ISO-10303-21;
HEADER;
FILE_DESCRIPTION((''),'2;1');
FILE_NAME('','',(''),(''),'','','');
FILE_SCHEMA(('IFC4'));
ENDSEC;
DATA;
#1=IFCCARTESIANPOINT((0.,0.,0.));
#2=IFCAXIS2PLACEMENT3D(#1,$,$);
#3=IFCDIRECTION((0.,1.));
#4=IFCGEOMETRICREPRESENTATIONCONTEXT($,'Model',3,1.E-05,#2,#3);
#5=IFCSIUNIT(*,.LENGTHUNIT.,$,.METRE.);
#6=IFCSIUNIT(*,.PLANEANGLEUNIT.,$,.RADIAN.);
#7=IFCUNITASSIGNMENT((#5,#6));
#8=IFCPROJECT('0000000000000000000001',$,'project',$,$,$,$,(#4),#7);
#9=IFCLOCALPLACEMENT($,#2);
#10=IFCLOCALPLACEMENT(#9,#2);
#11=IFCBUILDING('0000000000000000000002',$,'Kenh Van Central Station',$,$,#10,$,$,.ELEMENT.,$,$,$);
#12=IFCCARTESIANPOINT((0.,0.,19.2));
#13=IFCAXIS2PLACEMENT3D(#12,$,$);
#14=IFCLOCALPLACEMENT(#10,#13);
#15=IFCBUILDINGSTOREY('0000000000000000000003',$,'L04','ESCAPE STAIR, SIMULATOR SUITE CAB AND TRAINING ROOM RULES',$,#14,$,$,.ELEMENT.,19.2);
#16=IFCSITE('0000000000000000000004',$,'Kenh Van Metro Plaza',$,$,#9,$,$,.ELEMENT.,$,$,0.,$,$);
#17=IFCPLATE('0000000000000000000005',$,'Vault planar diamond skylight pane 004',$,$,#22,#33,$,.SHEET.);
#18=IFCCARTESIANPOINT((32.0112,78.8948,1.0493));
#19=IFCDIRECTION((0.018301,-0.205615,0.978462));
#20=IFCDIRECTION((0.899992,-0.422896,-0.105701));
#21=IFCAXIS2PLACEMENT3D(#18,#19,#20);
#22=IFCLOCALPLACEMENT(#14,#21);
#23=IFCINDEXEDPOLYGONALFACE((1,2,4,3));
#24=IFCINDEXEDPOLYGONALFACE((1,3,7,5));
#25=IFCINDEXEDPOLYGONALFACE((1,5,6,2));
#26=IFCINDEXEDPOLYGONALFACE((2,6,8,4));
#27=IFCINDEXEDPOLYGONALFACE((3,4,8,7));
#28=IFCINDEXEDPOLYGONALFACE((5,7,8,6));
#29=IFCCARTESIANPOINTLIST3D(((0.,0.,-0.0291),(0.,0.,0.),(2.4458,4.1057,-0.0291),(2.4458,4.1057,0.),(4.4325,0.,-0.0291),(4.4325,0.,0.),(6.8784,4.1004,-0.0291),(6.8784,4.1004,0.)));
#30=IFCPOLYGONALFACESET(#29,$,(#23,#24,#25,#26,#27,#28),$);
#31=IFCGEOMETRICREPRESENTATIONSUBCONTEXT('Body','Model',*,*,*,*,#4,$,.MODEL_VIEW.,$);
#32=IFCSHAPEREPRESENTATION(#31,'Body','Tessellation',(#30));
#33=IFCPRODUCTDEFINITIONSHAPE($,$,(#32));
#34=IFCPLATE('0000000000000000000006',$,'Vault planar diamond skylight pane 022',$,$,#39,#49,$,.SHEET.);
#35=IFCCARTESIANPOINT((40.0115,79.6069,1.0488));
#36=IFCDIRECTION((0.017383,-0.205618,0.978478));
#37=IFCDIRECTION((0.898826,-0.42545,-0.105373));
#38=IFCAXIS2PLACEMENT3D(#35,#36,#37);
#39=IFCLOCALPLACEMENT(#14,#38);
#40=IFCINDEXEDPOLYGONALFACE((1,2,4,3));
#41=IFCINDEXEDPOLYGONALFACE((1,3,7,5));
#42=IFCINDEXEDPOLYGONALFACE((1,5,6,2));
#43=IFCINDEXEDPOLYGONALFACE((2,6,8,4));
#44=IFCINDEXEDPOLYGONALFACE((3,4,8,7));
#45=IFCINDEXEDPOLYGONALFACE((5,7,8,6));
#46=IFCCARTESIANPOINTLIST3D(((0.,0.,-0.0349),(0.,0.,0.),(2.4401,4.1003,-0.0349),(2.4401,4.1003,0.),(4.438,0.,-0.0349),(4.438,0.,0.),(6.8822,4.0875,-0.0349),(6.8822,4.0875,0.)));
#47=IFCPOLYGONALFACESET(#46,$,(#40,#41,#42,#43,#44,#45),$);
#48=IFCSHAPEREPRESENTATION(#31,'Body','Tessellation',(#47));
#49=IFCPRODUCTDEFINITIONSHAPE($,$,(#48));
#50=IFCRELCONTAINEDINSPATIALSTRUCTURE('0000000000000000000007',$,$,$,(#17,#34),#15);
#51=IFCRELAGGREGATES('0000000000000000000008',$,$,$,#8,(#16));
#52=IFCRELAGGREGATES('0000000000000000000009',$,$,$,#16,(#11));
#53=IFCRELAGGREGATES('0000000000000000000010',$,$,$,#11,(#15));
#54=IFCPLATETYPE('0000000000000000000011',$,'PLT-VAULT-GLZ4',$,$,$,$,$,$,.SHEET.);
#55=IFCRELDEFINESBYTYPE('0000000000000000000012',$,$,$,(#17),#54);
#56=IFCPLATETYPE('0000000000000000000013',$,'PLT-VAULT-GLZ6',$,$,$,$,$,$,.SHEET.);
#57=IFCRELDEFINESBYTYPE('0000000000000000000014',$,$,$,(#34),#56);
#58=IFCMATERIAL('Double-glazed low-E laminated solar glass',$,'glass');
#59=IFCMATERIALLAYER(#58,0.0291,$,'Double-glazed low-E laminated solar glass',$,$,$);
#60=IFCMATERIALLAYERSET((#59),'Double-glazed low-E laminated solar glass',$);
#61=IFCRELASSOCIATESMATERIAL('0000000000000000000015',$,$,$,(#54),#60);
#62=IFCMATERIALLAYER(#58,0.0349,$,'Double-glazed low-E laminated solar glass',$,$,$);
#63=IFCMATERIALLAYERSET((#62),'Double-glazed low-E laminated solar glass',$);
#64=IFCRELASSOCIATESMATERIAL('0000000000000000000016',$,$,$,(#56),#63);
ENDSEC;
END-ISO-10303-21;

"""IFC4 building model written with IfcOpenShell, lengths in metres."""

from ifc_helpers import new_model, si_unit, direction, frame, origin, place, context, subcontext, project, spatial, polyline, outline, extrude, material, layer, layer_set, type_object, element, save


model = new_model("IFC4")

# Units and contexts
model_context = context("Model", 3, precision=1e-05, world=origin(), true_north=direction((0.0, 1.0)))
body_context = subcontext(model_context, "Body", "Model", "MODEL_VIEW")
ifc_project = project(units=[si_unit("LENGTHUNIT", "METRE"), si_unit("PLANEANGLEUNIT", "RADIAN")], contexts=[model_context])

# Site, building, storey
site_placement = place(None, origin())
site = spatial("IfcSite", under=ifc_project, at=site_placement, Name="Kenh Van Metro Plaza", CompositionType="ELEMENT", RefElevation=0.0)
building_placement = place(site_placement, origin())
building = spatial("IfcBuilding", under=site, at=building_placement, Name="Kenh Van Central Station", CompositionType="ELEMENT")
storey_placement = place(building_placement, frame((0.0, 0.0, 19.2)))
storey = spatial("IfcBuildingStorey", under=building, at=storey_placement, Name="L04", Description="ESCAPE STAIR, SIMULATOR SUITE CAB AND TRAINING ROOM RULES", CompositionType="ELEMENT", Elevation=19.2)

# Plates
ifc_material_1 = material(Name="Double-glazed low-E laminated solar glass", Category="glass")
ifc_layer_1 = layer(ifc_material_1, 0.0291, Name="Double-glazed low-E laminated solar glass")
ifc_layer_set_1 = layer_set([ifc_layer_1], Name="Double-glazed low-E laminated solar glass")
plate_type_1 = type_object("IfcPlateType", Name="PLT-VAULT-GLZ4", PredefinedType="SHEET", material=ifc_layer_set_1)
plate_1_placement = place(storey_placement, frame((32.0112, 78.8948, 1.0493), z_axis=(0.018301, -0.205615, 0.978462), x_axis=(0.899992, -0.422896, -0.105701)))
element("IfcPlate", 1, at=plate_1_placement, inside=storey, type_object=plate_type_1, Name="Vault planar diamond skylight pane 004", PredefinedType="SHEET", context=body_context, shape_type="SweptSolid", body=[
    extrude(outline(polyline([(0.0, 0.0), (4.4325, 0.0), (6.8784, 4.1004), (2.4458, 4.1057), (0.0, 0.0)])), origin(), (0.0, 0.0, -1.0), 0.0291),
])
ifc_layer_2 = layer(ifc_material_1, 0.0349, Name="Double-glazed low-E laminated solar glass")
ifc_layer_set_2 = layer_set([ifc_layer_2], Name="Double-glazed low-E laminated solar glass")
plate_type_2 = type_object("IfcPlateType", Name="PLT-VAULT-GLZ6", PredefinedType="SHEET", material=ifc_layer_set_2)
plate_2_placement = place(storey_placement, frame((40.0115, 79.6069, 1.0488), z_axis=(0.017383, -0.205618, 0.978478), x_axis=(0.898826, -0.42545, -0.105373)))
element("IfcPlate", 2, at=plate_2_placement, inside=storey, type_object=plate_type_2, Name="Vault planar diamond skylight pane 022", PredefinedType="SHEET", context=body_context, shape_type="SweptSolid", body=[
    extrude(outline(polyline([(0.0, 0.0), (4.438, 0.0), (6.8822, 4.0875), (2.4401, 4.1003), (0.0, 0.0)])), origin(), (0.0, 0.0, -1.0), 0.0349),
])

save(model, "model.ifc")
